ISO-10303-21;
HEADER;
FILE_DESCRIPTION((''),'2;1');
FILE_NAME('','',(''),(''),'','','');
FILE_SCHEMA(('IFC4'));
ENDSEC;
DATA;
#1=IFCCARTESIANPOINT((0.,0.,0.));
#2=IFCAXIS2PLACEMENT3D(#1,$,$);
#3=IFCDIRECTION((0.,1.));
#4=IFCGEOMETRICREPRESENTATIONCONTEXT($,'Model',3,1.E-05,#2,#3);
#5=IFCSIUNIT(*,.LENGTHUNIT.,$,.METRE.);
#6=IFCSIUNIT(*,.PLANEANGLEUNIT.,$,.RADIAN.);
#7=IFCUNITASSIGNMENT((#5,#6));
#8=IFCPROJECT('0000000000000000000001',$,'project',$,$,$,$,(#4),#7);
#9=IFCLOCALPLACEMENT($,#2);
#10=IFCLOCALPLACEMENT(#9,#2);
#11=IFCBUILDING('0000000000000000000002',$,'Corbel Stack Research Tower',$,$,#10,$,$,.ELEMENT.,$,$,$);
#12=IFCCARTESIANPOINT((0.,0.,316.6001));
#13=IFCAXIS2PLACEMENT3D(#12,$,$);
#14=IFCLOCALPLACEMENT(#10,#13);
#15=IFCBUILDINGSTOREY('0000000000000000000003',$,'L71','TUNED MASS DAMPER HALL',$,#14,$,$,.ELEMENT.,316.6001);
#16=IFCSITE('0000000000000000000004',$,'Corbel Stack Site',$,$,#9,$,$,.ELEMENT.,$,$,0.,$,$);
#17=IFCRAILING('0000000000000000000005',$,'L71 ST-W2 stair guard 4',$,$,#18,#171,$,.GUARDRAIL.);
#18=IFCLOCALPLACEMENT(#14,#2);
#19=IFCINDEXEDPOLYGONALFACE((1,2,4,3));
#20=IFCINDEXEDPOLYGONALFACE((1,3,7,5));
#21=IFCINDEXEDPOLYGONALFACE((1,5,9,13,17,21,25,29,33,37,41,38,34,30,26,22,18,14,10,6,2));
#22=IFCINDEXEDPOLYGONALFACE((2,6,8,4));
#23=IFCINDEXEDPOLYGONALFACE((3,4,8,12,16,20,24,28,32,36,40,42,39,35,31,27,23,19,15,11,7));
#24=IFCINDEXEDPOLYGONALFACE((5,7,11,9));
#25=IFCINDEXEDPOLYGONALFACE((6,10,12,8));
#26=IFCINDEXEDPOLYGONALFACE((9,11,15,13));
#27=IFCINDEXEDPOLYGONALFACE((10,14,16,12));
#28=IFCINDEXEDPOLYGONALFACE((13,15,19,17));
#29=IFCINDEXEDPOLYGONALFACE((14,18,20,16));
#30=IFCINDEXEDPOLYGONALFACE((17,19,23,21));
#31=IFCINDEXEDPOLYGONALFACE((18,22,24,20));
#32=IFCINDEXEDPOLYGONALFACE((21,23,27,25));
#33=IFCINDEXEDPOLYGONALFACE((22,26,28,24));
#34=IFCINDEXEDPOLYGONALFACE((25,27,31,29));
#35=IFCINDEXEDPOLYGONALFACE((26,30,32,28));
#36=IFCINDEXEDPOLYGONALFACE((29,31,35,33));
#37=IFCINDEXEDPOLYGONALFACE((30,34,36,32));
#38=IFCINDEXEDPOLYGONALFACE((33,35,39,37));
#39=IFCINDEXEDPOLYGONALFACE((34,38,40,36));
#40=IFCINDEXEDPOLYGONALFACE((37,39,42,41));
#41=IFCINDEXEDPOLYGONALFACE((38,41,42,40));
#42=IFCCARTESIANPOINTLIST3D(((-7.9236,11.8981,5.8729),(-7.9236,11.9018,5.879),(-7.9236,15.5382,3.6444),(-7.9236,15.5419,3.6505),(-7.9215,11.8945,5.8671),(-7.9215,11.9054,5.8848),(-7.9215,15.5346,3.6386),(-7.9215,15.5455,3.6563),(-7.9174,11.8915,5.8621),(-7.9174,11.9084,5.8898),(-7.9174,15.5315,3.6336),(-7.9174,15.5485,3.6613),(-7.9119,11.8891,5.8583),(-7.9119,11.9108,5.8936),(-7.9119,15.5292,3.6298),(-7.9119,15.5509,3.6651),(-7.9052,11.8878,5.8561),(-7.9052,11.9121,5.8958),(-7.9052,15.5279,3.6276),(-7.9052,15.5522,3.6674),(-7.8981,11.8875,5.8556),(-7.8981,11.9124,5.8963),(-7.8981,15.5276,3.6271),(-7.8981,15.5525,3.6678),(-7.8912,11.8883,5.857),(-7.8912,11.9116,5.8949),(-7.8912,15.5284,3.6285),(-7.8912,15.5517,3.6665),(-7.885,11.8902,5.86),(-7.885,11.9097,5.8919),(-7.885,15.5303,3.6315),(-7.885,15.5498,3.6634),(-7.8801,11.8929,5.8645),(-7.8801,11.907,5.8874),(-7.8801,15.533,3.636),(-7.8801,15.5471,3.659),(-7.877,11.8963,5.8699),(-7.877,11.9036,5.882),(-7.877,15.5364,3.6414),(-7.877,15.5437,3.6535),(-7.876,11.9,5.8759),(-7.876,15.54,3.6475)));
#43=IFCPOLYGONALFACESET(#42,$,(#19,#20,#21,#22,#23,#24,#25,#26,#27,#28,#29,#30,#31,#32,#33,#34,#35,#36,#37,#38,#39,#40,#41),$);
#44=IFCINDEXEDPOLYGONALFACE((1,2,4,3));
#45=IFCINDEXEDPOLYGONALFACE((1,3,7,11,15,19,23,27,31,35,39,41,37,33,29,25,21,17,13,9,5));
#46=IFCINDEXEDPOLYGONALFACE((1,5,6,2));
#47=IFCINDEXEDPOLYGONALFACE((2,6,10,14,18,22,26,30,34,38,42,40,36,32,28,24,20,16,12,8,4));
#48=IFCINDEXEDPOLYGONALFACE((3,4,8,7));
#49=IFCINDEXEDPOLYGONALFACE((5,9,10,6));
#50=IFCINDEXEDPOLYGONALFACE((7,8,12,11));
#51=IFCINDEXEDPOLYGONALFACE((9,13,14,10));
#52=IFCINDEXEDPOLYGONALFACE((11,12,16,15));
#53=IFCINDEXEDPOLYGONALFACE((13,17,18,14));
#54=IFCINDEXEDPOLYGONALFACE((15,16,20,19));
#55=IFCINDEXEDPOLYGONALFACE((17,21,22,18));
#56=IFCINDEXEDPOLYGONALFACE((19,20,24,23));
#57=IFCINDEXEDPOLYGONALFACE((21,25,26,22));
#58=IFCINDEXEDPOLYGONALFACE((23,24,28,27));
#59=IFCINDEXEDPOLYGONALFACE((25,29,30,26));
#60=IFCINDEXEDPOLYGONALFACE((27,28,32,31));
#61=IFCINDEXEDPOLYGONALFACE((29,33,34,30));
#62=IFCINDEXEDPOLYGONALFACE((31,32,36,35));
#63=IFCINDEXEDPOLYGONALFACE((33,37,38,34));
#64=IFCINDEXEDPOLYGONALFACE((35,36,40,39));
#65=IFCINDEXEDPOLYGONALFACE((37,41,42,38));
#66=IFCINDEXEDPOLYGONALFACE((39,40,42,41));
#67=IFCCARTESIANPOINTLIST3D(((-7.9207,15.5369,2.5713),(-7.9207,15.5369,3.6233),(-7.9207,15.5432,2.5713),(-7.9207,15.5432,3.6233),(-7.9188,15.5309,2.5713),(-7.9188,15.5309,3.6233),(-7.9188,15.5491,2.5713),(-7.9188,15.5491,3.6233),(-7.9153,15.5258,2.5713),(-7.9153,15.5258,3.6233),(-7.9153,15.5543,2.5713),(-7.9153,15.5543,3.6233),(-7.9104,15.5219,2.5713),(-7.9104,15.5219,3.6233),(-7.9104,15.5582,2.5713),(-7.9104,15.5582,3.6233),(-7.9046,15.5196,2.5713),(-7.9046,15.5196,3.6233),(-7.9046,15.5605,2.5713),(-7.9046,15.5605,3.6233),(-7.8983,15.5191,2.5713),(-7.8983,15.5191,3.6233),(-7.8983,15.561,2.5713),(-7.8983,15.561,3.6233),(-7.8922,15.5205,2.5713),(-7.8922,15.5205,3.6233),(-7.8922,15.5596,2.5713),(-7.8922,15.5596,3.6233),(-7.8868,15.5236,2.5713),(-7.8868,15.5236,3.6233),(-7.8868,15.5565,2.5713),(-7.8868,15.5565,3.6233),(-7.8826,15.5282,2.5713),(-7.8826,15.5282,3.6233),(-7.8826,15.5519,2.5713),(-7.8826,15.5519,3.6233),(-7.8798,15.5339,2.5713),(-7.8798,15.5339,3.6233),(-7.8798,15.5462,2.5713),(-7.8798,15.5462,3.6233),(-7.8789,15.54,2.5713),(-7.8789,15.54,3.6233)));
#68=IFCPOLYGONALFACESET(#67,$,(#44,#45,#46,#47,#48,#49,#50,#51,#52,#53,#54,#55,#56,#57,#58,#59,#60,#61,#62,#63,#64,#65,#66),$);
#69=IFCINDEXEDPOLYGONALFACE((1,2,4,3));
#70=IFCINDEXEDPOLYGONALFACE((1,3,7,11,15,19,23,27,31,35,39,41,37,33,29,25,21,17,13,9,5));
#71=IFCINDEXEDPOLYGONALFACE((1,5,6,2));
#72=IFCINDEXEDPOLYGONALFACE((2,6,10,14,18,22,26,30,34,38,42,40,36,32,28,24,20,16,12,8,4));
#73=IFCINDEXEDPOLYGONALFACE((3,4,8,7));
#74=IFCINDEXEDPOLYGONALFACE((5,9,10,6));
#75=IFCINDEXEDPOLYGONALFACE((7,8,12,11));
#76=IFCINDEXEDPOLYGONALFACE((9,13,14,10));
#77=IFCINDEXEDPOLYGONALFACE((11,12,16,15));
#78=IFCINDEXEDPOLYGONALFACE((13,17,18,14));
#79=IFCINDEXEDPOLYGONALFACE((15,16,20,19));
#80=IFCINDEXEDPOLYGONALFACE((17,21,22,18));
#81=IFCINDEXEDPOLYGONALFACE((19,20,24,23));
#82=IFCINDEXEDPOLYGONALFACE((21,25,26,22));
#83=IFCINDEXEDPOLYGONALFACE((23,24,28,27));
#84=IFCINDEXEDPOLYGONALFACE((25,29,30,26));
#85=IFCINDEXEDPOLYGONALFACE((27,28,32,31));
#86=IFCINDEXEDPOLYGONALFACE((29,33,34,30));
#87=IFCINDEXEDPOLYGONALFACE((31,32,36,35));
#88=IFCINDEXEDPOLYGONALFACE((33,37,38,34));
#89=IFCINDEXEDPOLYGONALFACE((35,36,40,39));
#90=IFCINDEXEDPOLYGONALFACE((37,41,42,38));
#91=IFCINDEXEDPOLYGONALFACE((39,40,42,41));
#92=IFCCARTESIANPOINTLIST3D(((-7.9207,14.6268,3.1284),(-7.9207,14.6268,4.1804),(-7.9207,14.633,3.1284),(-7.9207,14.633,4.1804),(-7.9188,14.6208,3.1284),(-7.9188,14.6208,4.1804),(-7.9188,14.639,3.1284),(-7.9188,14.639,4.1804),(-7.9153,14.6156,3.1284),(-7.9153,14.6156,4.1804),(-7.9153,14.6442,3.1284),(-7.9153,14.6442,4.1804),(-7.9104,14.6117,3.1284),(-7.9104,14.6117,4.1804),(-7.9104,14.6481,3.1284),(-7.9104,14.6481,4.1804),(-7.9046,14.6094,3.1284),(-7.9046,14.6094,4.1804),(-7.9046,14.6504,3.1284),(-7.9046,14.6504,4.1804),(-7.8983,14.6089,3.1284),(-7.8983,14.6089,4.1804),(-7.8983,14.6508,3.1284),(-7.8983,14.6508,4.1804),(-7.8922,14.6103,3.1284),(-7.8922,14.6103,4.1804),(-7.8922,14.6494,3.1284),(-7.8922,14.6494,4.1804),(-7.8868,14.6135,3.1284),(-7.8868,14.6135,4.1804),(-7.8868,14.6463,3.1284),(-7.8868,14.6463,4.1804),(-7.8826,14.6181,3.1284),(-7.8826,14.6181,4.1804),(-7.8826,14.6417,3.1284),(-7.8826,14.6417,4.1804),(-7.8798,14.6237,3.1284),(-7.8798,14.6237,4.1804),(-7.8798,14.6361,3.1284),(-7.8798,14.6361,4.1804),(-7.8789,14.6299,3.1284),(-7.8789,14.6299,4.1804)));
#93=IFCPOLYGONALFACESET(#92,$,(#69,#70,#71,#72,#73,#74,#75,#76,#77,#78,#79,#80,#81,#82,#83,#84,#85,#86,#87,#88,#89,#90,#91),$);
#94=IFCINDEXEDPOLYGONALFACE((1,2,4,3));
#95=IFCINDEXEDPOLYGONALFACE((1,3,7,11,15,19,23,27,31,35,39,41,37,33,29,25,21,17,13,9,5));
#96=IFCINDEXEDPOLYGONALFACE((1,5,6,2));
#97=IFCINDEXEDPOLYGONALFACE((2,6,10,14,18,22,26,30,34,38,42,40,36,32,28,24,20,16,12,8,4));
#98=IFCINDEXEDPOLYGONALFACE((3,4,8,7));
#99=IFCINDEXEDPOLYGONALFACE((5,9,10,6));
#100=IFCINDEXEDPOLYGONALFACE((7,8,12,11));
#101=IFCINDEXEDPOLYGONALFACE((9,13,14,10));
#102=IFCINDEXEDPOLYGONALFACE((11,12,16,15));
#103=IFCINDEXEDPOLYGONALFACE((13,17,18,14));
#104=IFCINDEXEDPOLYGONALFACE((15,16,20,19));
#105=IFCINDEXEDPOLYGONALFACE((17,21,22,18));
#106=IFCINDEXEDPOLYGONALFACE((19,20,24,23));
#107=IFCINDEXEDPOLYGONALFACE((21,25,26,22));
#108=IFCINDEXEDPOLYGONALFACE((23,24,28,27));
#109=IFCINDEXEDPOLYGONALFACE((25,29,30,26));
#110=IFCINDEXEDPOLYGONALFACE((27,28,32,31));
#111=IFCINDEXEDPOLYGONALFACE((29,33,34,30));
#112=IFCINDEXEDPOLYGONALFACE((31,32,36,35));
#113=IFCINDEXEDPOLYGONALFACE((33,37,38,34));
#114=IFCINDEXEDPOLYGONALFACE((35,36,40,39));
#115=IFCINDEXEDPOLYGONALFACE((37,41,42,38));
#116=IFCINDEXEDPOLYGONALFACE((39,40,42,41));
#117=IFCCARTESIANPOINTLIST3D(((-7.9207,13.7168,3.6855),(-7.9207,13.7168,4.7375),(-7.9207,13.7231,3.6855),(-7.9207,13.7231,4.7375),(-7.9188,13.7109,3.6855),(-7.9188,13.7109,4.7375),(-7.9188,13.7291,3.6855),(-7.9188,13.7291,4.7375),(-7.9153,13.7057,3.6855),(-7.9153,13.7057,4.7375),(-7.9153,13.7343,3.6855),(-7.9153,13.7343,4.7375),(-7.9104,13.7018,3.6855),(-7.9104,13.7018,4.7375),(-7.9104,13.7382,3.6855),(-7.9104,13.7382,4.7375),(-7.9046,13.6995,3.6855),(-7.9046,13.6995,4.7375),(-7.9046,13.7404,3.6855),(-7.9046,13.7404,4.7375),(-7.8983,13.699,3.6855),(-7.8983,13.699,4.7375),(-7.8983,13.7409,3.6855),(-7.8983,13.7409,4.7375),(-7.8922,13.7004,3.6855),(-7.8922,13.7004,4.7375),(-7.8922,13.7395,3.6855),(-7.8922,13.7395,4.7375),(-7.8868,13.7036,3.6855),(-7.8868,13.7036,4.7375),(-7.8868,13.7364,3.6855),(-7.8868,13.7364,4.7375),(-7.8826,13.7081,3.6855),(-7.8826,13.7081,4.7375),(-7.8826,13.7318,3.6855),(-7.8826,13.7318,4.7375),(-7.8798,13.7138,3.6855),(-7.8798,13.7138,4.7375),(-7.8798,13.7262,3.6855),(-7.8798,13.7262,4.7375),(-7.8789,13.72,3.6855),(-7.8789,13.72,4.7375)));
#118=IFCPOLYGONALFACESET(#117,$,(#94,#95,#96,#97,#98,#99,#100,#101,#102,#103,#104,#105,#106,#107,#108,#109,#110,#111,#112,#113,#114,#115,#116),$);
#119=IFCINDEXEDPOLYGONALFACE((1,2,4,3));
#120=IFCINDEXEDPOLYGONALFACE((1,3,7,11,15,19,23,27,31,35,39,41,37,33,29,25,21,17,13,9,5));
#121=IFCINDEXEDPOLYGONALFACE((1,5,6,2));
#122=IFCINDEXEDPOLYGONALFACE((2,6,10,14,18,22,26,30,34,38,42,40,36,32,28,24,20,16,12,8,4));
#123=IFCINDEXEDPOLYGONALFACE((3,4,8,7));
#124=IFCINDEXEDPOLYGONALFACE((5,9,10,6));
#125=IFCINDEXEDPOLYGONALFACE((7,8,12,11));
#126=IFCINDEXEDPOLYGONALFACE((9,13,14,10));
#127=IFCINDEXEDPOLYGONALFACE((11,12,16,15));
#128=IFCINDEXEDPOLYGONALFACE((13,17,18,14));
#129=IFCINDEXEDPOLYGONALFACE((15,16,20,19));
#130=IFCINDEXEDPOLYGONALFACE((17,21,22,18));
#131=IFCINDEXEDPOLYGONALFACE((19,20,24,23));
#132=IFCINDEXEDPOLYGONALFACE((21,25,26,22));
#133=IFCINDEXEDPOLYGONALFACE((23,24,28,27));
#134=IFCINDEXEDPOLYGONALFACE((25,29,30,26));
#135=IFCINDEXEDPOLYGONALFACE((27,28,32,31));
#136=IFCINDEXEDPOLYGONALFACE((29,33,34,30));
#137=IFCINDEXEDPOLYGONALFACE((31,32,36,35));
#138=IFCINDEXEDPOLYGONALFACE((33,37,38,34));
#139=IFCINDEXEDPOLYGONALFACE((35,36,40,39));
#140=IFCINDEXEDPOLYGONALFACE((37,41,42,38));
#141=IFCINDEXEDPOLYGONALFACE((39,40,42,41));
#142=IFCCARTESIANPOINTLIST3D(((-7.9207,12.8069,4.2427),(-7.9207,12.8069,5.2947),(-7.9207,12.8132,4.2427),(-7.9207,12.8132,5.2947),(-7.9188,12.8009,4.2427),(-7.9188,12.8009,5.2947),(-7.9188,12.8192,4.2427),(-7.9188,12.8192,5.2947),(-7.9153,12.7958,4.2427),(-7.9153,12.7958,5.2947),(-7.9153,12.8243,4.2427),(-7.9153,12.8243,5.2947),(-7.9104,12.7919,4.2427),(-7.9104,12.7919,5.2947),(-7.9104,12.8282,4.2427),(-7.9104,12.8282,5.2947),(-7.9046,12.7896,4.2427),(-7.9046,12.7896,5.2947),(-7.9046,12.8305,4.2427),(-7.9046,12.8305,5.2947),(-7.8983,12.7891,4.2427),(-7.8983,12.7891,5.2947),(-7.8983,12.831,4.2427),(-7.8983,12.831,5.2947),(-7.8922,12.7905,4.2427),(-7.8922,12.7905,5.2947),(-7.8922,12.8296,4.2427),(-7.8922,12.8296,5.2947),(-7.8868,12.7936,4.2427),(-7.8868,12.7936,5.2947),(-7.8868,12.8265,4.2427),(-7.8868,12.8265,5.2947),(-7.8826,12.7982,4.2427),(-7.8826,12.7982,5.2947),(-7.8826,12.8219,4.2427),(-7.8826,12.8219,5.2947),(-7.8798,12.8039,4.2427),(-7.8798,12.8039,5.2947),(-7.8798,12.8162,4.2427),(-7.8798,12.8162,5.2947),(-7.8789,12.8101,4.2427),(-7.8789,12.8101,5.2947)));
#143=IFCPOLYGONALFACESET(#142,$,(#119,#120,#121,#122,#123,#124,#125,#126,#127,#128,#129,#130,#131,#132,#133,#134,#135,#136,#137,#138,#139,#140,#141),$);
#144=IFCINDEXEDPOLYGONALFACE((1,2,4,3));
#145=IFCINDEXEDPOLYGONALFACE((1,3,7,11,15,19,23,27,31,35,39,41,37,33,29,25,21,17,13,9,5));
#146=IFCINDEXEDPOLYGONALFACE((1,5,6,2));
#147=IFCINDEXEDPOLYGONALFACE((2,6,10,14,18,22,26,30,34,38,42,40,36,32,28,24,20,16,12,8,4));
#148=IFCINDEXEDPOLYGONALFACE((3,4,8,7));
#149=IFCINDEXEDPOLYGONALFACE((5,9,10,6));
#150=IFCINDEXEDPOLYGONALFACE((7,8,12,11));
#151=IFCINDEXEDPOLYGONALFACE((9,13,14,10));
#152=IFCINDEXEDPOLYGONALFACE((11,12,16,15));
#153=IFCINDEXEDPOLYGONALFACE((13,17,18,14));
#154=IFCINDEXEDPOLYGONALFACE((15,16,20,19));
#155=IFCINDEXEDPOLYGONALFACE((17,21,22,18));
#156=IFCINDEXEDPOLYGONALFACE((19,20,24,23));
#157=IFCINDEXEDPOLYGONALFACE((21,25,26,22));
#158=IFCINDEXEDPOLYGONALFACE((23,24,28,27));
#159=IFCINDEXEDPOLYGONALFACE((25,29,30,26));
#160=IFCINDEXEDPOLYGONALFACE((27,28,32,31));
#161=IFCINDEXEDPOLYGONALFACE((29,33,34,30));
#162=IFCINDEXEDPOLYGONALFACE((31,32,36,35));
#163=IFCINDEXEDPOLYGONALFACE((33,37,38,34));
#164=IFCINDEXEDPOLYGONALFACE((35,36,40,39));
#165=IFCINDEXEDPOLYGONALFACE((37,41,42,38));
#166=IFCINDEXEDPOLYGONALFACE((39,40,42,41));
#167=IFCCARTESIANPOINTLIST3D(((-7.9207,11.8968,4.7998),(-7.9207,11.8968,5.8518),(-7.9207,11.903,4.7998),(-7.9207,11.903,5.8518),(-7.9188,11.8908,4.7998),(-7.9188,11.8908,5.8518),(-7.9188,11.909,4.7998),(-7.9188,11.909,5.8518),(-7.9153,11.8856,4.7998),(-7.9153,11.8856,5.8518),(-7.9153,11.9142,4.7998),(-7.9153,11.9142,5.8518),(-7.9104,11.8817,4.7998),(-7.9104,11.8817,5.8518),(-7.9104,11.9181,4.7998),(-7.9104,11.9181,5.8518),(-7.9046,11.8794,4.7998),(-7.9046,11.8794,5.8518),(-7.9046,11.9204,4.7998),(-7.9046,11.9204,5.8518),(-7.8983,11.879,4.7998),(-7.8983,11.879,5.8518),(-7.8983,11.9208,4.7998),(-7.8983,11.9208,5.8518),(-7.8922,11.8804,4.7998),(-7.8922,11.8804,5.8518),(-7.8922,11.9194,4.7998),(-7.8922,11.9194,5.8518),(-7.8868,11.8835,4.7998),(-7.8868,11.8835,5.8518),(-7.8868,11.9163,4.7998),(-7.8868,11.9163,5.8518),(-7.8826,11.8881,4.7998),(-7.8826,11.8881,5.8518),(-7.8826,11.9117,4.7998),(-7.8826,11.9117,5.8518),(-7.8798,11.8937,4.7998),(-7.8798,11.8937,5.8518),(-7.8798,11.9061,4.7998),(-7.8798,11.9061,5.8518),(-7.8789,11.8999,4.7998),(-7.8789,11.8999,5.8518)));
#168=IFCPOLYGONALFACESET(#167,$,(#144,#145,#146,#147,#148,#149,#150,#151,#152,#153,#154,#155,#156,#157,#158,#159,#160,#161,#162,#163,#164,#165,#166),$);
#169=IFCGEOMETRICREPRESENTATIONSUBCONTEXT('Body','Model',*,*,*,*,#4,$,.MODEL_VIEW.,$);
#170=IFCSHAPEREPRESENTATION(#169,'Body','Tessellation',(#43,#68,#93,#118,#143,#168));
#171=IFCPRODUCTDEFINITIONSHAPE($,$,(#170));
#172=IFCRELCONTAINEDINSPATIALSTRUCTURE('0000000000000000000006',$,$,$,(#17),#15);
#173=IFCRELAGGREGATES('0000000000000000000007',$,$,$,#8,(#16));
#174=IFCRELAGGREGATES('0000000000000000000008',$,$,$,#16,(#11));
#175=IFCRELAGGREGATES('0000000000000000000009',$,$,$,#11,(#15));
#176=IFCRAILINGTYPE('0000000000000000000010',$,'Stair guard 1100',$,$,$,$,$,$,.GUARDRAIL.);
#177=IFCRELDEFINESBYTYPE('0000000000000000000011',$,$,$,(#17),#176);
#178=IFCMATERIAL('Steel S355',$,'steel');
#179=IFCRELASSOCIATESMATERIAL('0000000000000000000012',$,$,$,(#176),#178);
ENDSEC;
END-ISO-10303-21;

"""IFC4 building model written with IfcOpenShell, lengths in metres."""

from ifc_helpers import new_model, si_unit, direction, frame, origin, origin_2d, place, context, subcontext, project, spatial, circle, extrude, material, type_object, element, save


model = new_model("IFC4")

# Units and contexts
model_context = context("Model", 3, precision=1e-05, world=origin(), true_north=direction((0.0, 1.0)))
body_context = subcontext(model_context, "Body", "Model", "MODEL_VIEW")
ifc_project = project(units=[si_unit("LENGTHUNIT", "METRE"), si_unit("PLANEANGLEUNIT", "RADIAN")], contexts=[model_context])

# Site, building, storey
site_placement = place(None, origin())
site = spatial("IfcSite", under=ifc_project, at=site_placement, Name="Corbel Stack Site", CompositionType="ELEMENT", RefElevation=0.0)
building_placement = place(site_placement, origin())
building = spatial("IfcBuilding", under=site, at=building_placement, Name="Corbel Stack Research Tower", CompositionType="ELEMENT")
storey_placement = place(building_placement, frame((0.0, 0.0, 316.6001)))
storey = spatial("IfcBuildingStorey", under=building, at=storey_placement, Name="L71", Description="TUNED MASS DAMPER HALL", CompositionType="ELEMENT", Elevation=316.6001)

# Railing
ifc_material_1 = material(Name="Steel S355", Category="steel")
railing_type_1 = type_object("IfcRailingType", Name="Stair guard 1100", PredefinedType="GUARDRAIL", material=ifc_material_1)
railing_1_placement = place(storey_placement, frame((-7.8999, 15.54, 2.5713)))
element("IfcRailing", 1, at=railing_1_placement, inside=storey, type_object=railing_type_1, Name="L71 ST-W2 stair guard 4", PredefinedType="GUARDRAIL", context=body_context, shape_type="SweptSolid", body=[
    extrude(circle(Radius=0.0239, at=origin_2d()), frame((0.0, 0.0, 1.0762), z_axis=(0.0, -0.852866, 0.52213), x_axis=(1.0, 0.0, 0.0)), (0.0, 0.0, 1.0), 4.2681),
    extrude(circle(Radius=0.021, at=origin_2d()), origin(), (0.0, 0.0, 1.0), 1.052),
    extrude(circle(Radius=0.021, at=origin_2d()), frame((0.0, -0.9102, 0.5571)), (0.0, 0.0, 1.0), 1.052),
    extrude(circle(Radius=0.021, at=origin_2d()), frame((0.0, -1.8201, 1.1143)), (0.0, 0.0, 1.0), 1.052),
    extrude(circle(Radius=0.021, at=origin_2d()), frame((0.0, -2.73, 1.6714)), (0.0, 0.0, 1.0), 1.052),
    extrude(circle(Radius=0.021, at=origin_2d()), frame((0.0, -3.6401, 2.2285)), (0.0, 0.0, 1.0), 1.052),
])

save(model, "model.ifc")
